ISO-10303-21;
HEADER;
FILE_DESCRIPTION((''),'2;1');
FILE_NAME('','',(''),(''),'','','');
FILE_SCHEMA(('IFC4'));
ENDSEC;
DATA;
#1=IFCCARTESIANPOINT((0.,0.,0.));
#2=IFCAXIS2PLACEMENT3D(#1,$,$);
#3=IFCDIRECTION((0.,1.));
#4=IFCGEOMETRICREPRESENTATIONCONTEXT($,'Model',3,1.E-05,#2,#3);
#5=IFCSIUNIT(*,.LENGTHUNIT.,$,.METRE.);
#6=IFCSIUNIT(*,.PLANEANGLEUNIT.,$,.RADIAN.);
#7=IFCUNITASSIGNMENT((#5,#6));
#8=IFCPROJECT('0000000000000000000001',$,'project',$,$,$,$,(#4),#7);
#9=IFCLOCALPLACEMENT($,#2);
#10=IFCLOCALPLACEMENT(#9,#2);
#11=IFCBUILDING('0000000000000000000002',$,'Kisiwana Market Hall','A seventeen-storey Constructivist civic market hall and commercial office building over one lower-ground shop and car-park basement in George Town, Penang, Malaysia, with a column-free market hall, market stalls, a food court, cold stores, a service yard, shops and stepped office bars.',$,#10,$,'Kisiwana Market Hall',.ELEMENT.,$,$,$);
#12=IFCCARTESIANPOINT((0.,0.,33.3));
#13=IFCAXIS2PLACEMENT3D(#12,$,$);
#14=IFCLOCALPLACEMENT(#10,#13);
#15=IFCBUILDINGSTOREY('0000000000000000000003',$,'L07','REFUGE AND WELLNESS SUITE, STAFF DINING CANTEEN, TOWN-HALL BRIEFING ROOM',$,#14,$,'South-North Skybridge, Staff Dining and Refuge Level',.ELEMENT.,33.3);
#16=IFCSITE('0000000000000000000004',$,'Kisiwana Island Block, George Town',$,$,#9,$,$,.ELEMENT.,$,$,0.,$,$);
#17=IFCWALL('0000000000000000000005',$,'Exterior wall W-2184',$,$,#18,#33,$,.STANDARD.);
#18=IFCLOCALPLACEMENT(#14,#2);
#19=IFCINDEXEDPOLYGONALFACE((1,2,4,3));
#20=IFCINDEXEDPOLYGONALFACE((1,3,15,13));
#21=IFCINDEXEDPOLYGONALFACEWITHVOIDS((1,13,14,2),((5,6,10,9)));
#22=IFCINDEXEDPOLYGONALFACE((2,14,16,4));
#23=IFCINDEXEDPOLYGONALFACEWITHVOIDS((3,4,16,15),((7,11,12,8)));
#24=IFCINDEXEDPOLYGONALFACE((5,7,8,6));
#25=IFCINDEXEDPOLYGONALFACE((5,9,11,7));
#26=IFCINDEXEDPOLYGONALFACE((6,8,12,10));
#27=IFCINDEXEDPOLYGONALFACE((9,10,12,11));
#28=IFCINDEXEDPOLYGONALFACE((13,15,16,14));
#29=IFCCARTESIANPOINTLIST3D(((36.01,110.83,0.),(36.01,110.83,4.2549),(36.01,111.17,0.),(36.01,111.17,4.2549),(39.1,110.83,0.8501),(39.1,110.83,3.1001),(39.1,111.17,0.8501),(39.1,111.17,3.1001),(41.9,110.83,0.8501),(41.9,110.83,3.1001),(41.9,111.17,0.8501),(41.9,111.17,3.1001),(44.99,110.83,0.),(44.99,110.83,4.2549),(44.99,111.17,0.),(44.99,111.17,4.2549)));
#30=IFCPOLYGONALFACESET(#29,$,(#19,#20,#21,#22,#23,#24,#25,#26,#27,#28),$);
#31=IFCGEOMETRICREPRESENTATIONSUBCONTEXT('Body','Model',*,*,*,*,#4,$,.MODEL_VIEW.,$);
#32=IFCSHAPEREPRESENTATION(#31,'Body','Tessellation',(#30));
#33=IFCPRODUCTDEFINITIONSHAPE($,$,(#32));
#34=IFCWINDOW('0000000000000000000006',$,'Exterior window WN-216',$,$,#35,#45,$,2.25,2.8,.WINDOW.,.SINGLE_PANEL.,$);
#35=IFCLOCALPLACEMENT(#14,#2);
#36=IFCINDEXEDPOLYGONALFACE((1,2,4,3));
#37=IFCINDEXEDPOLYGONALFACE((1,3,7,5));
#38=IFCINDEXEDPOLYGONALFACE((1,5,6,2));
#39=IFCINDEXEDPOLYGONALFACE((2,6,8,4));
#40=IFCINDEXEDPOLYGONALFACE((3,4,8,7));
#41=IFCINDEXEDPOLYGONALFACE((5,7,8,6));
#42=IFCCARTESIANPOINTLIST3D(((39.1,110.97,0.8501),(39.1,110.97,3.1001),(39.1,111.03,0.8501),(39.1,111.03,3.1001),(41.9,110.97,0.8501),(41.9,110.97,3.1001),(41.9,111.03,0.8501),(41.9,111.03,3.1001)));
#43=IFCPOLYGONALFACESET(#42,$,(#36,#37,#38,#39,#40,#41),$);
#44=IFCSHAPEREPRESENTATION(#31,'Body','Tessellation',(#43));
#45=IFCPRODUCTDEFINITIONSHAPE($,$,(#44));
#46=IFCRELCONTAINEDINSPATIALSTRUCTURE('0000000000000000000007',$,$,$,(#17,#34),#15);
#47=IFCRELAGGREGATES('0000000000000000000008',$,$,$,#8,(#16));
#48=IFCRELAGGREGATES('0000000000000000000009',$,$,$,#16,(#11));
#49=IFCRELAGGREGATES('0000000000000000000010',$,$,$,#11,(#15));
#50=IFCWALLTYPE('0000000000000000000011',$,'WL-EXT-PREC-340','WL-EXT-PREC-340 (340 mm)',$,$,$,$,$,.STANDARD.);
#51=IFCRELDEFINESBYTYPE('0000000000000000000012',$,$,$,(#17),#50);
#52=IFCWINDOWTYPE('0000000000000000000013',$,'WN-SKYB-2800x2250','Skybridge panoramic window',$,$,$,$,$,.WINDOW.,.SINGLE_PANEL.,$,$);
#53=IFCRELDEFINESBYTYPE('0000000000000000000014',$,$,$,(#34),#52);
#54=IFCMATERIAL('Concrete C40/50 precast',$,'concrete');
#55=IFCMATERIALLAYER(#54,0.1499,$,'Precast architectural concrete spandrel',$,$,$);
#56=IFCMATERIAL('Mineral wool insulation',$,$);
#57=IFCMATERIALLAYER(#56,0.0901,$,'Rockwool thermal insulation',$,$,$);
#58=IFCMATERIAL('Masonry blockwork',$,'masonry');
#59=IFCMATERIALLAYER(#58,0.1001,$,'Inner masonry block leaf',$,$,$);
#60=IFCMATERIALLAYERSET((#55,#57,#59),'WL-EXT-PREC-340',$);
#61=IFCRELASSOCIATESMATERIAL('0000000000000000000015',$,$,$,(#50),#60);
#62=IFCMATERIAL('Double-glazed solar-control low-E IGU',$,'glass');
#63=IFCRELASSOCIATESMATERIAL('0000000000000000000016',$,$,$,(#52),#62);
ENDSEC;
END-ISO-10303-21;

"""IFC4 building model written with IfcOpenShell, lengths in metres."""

from ifc_helpers import new_model, si_unit, direction, frame, frame_2d, origin, place, context, subcontext, project, spatial, rectangle, extrude, material, layer, layer_set, type_object, element, fill, save


model = new_model("IFC4")

# Units and contexts
model_context = context("Model", 3, precision=1e-05, world=origin(), true_north=direction((0.0, 1.0)))
body_context = subcontext(model_context, "Body", "Model", "MODEL_VIEW")
ifc_project = project(units=[si_unit("LENGTHUNIT", "METRE"), si_unit("PLANEANGLEUNIT", "RADIAN")], contexts=[model_context])

# Site, building, storey
site_placement = place(None, origin())
site = spatial("IfcSite", under=ifc_project, at=site_placement, Name="Kisiwana Island Block, George Town", CompositionType="ELEMENT", RefElevation=0.0)
building_placement = place(site_placement, origin())
building = spatial("IfcBuilding", under=site, at=building_placement, Name="Kisiwana Market Hall", Description="A seventeen-storey Constructivist civic market hall and commercial office building over one lower-ground shop and car-park basement in George Town, Penang, Malaysia, with a column-free market hall, market stalls, a food court, cold stores, a service yard, shops and stepped office bars.", LongName="Kisiwana Market Hall", CompositionType="ELEMENT")
storey_placement = place(building_placement, frame((0.0, 0.0, 33.3)))
storey = spatial("IfcBuildingStorey", under=building, at=storey_placement, Name="L07", Description="REFUGE AND WELLNESS SUITE, STAFF DINING CANTEEN, TOWN-HALL BRIEFING ROOM", LongName="South-North Skybridge, Staff Dining and Refuge Level", CompositionType="ELEMENT", Elevation=33.3)

# Wall, opening, window
ifc_material_1 = material(Name="Concrete C40/50 precast", Category="concrete")
ifc_layer_1 = layer(ifc_material_1, 0.1499, Name="Precast architectural concrete spandrel")
ifc_material_2 = material(Name="Mineral wool insulation")
ifc_layer_2 = layer(ifc_material_2, 0.0901, Name="Rockwool thermal insulation")
ifc_material_3 = material(Name="Masonry blockwork", Category="masonry")
ifc_layer_3 = layer(ifc_material_3, 0.1001, Name="Inner masonry block leaf")
ifc_layer_set_1 = layer_set([ifc_layer_1, ifc_layer_2, ifc_layer_3], Name="WL-EXT-PREC-340")
wall_type = type_object("IfcWallType", Name="WL-EXT-PREC-340", Description="WL-EXT-PREC-340 (340 mm)", PredefinedType="STANDARD", material=ifc_layer_set_1)
wall_placement = place(storey_placement, frame((36.01, 111.0, 0.0), z_axis=(0.0, 0.0, 1.0), x_axis=(1.0, 0.0, 0.0)))
wall = element("IfcWall", 1, at=wall_placement, inside=storey, type_object=wall_type, Name="Exterior wall W-2184", PredefinedType="STANDARD", context=body_context, shape_type="SweptSolid", body=[
    extrude(rectangle(XDim=8.98, YDim=0.3401, at=frame_2d((4.49, 0.0))), origin(), (0.0, 0.0, 1.0), 4.2549),
])
opening_placement = place(wall_placement, frame((3.0901, 0.0, 0.8501)))
opening = element("IfcOpeningElement", 2, at=opening_placement, cuts=wall, PredefinedType="OPENING", context=body_context, shape_type="SweptSolid", body=[
    extrude(rectangle(XDim=2.8, YDim=2.25, at=frame_2d((1.3999, 1.125))), frame((0.0, 0.1821, 0.0), z_axis=(0.0, -1.0, 0.0), x_axis=(1.0, 0.0, 0.0)), (0.0, 0.0, 1.0), 0.364),
])
ifc_material_4 = material(Name="Double-glazed solar-control low-E IGU", Category="glass")
window_type = type_object("IfcWindowType", Name="WN-SKYB-2800x2250", Description="Skybridge panoramic window", PartitioningType="SINGLE_PANEL", PredefinedType="WINDOW", material=ifc_material_4)
window_placement = place(opening_placement, origin())
window = element("IfcWindow", 3, at=window_placement, inside=storey, type_object=window_type, Name="Exterior window WN-216", OverallHeight=2.25, OverallWidth=2.8, PartitioningType="SINGLE_PANEL", PredefinedType="WINDOW", context=body_context, shape_type="SweptSolid", body=[
    extrude(rectangle(XDim=2.8, YDim=2.25, at=frame_2d((1.3999, 1.125))), frame((0.0, 0.03, 0.0), z_axis=(0.0, -1.0, 0.0), x_axis=(1.0, 0.0, 0.0)), (0.0, 0.0, 1.0), 0.0601),
])
fill(opening, window)

save(model, "model.ifc")
